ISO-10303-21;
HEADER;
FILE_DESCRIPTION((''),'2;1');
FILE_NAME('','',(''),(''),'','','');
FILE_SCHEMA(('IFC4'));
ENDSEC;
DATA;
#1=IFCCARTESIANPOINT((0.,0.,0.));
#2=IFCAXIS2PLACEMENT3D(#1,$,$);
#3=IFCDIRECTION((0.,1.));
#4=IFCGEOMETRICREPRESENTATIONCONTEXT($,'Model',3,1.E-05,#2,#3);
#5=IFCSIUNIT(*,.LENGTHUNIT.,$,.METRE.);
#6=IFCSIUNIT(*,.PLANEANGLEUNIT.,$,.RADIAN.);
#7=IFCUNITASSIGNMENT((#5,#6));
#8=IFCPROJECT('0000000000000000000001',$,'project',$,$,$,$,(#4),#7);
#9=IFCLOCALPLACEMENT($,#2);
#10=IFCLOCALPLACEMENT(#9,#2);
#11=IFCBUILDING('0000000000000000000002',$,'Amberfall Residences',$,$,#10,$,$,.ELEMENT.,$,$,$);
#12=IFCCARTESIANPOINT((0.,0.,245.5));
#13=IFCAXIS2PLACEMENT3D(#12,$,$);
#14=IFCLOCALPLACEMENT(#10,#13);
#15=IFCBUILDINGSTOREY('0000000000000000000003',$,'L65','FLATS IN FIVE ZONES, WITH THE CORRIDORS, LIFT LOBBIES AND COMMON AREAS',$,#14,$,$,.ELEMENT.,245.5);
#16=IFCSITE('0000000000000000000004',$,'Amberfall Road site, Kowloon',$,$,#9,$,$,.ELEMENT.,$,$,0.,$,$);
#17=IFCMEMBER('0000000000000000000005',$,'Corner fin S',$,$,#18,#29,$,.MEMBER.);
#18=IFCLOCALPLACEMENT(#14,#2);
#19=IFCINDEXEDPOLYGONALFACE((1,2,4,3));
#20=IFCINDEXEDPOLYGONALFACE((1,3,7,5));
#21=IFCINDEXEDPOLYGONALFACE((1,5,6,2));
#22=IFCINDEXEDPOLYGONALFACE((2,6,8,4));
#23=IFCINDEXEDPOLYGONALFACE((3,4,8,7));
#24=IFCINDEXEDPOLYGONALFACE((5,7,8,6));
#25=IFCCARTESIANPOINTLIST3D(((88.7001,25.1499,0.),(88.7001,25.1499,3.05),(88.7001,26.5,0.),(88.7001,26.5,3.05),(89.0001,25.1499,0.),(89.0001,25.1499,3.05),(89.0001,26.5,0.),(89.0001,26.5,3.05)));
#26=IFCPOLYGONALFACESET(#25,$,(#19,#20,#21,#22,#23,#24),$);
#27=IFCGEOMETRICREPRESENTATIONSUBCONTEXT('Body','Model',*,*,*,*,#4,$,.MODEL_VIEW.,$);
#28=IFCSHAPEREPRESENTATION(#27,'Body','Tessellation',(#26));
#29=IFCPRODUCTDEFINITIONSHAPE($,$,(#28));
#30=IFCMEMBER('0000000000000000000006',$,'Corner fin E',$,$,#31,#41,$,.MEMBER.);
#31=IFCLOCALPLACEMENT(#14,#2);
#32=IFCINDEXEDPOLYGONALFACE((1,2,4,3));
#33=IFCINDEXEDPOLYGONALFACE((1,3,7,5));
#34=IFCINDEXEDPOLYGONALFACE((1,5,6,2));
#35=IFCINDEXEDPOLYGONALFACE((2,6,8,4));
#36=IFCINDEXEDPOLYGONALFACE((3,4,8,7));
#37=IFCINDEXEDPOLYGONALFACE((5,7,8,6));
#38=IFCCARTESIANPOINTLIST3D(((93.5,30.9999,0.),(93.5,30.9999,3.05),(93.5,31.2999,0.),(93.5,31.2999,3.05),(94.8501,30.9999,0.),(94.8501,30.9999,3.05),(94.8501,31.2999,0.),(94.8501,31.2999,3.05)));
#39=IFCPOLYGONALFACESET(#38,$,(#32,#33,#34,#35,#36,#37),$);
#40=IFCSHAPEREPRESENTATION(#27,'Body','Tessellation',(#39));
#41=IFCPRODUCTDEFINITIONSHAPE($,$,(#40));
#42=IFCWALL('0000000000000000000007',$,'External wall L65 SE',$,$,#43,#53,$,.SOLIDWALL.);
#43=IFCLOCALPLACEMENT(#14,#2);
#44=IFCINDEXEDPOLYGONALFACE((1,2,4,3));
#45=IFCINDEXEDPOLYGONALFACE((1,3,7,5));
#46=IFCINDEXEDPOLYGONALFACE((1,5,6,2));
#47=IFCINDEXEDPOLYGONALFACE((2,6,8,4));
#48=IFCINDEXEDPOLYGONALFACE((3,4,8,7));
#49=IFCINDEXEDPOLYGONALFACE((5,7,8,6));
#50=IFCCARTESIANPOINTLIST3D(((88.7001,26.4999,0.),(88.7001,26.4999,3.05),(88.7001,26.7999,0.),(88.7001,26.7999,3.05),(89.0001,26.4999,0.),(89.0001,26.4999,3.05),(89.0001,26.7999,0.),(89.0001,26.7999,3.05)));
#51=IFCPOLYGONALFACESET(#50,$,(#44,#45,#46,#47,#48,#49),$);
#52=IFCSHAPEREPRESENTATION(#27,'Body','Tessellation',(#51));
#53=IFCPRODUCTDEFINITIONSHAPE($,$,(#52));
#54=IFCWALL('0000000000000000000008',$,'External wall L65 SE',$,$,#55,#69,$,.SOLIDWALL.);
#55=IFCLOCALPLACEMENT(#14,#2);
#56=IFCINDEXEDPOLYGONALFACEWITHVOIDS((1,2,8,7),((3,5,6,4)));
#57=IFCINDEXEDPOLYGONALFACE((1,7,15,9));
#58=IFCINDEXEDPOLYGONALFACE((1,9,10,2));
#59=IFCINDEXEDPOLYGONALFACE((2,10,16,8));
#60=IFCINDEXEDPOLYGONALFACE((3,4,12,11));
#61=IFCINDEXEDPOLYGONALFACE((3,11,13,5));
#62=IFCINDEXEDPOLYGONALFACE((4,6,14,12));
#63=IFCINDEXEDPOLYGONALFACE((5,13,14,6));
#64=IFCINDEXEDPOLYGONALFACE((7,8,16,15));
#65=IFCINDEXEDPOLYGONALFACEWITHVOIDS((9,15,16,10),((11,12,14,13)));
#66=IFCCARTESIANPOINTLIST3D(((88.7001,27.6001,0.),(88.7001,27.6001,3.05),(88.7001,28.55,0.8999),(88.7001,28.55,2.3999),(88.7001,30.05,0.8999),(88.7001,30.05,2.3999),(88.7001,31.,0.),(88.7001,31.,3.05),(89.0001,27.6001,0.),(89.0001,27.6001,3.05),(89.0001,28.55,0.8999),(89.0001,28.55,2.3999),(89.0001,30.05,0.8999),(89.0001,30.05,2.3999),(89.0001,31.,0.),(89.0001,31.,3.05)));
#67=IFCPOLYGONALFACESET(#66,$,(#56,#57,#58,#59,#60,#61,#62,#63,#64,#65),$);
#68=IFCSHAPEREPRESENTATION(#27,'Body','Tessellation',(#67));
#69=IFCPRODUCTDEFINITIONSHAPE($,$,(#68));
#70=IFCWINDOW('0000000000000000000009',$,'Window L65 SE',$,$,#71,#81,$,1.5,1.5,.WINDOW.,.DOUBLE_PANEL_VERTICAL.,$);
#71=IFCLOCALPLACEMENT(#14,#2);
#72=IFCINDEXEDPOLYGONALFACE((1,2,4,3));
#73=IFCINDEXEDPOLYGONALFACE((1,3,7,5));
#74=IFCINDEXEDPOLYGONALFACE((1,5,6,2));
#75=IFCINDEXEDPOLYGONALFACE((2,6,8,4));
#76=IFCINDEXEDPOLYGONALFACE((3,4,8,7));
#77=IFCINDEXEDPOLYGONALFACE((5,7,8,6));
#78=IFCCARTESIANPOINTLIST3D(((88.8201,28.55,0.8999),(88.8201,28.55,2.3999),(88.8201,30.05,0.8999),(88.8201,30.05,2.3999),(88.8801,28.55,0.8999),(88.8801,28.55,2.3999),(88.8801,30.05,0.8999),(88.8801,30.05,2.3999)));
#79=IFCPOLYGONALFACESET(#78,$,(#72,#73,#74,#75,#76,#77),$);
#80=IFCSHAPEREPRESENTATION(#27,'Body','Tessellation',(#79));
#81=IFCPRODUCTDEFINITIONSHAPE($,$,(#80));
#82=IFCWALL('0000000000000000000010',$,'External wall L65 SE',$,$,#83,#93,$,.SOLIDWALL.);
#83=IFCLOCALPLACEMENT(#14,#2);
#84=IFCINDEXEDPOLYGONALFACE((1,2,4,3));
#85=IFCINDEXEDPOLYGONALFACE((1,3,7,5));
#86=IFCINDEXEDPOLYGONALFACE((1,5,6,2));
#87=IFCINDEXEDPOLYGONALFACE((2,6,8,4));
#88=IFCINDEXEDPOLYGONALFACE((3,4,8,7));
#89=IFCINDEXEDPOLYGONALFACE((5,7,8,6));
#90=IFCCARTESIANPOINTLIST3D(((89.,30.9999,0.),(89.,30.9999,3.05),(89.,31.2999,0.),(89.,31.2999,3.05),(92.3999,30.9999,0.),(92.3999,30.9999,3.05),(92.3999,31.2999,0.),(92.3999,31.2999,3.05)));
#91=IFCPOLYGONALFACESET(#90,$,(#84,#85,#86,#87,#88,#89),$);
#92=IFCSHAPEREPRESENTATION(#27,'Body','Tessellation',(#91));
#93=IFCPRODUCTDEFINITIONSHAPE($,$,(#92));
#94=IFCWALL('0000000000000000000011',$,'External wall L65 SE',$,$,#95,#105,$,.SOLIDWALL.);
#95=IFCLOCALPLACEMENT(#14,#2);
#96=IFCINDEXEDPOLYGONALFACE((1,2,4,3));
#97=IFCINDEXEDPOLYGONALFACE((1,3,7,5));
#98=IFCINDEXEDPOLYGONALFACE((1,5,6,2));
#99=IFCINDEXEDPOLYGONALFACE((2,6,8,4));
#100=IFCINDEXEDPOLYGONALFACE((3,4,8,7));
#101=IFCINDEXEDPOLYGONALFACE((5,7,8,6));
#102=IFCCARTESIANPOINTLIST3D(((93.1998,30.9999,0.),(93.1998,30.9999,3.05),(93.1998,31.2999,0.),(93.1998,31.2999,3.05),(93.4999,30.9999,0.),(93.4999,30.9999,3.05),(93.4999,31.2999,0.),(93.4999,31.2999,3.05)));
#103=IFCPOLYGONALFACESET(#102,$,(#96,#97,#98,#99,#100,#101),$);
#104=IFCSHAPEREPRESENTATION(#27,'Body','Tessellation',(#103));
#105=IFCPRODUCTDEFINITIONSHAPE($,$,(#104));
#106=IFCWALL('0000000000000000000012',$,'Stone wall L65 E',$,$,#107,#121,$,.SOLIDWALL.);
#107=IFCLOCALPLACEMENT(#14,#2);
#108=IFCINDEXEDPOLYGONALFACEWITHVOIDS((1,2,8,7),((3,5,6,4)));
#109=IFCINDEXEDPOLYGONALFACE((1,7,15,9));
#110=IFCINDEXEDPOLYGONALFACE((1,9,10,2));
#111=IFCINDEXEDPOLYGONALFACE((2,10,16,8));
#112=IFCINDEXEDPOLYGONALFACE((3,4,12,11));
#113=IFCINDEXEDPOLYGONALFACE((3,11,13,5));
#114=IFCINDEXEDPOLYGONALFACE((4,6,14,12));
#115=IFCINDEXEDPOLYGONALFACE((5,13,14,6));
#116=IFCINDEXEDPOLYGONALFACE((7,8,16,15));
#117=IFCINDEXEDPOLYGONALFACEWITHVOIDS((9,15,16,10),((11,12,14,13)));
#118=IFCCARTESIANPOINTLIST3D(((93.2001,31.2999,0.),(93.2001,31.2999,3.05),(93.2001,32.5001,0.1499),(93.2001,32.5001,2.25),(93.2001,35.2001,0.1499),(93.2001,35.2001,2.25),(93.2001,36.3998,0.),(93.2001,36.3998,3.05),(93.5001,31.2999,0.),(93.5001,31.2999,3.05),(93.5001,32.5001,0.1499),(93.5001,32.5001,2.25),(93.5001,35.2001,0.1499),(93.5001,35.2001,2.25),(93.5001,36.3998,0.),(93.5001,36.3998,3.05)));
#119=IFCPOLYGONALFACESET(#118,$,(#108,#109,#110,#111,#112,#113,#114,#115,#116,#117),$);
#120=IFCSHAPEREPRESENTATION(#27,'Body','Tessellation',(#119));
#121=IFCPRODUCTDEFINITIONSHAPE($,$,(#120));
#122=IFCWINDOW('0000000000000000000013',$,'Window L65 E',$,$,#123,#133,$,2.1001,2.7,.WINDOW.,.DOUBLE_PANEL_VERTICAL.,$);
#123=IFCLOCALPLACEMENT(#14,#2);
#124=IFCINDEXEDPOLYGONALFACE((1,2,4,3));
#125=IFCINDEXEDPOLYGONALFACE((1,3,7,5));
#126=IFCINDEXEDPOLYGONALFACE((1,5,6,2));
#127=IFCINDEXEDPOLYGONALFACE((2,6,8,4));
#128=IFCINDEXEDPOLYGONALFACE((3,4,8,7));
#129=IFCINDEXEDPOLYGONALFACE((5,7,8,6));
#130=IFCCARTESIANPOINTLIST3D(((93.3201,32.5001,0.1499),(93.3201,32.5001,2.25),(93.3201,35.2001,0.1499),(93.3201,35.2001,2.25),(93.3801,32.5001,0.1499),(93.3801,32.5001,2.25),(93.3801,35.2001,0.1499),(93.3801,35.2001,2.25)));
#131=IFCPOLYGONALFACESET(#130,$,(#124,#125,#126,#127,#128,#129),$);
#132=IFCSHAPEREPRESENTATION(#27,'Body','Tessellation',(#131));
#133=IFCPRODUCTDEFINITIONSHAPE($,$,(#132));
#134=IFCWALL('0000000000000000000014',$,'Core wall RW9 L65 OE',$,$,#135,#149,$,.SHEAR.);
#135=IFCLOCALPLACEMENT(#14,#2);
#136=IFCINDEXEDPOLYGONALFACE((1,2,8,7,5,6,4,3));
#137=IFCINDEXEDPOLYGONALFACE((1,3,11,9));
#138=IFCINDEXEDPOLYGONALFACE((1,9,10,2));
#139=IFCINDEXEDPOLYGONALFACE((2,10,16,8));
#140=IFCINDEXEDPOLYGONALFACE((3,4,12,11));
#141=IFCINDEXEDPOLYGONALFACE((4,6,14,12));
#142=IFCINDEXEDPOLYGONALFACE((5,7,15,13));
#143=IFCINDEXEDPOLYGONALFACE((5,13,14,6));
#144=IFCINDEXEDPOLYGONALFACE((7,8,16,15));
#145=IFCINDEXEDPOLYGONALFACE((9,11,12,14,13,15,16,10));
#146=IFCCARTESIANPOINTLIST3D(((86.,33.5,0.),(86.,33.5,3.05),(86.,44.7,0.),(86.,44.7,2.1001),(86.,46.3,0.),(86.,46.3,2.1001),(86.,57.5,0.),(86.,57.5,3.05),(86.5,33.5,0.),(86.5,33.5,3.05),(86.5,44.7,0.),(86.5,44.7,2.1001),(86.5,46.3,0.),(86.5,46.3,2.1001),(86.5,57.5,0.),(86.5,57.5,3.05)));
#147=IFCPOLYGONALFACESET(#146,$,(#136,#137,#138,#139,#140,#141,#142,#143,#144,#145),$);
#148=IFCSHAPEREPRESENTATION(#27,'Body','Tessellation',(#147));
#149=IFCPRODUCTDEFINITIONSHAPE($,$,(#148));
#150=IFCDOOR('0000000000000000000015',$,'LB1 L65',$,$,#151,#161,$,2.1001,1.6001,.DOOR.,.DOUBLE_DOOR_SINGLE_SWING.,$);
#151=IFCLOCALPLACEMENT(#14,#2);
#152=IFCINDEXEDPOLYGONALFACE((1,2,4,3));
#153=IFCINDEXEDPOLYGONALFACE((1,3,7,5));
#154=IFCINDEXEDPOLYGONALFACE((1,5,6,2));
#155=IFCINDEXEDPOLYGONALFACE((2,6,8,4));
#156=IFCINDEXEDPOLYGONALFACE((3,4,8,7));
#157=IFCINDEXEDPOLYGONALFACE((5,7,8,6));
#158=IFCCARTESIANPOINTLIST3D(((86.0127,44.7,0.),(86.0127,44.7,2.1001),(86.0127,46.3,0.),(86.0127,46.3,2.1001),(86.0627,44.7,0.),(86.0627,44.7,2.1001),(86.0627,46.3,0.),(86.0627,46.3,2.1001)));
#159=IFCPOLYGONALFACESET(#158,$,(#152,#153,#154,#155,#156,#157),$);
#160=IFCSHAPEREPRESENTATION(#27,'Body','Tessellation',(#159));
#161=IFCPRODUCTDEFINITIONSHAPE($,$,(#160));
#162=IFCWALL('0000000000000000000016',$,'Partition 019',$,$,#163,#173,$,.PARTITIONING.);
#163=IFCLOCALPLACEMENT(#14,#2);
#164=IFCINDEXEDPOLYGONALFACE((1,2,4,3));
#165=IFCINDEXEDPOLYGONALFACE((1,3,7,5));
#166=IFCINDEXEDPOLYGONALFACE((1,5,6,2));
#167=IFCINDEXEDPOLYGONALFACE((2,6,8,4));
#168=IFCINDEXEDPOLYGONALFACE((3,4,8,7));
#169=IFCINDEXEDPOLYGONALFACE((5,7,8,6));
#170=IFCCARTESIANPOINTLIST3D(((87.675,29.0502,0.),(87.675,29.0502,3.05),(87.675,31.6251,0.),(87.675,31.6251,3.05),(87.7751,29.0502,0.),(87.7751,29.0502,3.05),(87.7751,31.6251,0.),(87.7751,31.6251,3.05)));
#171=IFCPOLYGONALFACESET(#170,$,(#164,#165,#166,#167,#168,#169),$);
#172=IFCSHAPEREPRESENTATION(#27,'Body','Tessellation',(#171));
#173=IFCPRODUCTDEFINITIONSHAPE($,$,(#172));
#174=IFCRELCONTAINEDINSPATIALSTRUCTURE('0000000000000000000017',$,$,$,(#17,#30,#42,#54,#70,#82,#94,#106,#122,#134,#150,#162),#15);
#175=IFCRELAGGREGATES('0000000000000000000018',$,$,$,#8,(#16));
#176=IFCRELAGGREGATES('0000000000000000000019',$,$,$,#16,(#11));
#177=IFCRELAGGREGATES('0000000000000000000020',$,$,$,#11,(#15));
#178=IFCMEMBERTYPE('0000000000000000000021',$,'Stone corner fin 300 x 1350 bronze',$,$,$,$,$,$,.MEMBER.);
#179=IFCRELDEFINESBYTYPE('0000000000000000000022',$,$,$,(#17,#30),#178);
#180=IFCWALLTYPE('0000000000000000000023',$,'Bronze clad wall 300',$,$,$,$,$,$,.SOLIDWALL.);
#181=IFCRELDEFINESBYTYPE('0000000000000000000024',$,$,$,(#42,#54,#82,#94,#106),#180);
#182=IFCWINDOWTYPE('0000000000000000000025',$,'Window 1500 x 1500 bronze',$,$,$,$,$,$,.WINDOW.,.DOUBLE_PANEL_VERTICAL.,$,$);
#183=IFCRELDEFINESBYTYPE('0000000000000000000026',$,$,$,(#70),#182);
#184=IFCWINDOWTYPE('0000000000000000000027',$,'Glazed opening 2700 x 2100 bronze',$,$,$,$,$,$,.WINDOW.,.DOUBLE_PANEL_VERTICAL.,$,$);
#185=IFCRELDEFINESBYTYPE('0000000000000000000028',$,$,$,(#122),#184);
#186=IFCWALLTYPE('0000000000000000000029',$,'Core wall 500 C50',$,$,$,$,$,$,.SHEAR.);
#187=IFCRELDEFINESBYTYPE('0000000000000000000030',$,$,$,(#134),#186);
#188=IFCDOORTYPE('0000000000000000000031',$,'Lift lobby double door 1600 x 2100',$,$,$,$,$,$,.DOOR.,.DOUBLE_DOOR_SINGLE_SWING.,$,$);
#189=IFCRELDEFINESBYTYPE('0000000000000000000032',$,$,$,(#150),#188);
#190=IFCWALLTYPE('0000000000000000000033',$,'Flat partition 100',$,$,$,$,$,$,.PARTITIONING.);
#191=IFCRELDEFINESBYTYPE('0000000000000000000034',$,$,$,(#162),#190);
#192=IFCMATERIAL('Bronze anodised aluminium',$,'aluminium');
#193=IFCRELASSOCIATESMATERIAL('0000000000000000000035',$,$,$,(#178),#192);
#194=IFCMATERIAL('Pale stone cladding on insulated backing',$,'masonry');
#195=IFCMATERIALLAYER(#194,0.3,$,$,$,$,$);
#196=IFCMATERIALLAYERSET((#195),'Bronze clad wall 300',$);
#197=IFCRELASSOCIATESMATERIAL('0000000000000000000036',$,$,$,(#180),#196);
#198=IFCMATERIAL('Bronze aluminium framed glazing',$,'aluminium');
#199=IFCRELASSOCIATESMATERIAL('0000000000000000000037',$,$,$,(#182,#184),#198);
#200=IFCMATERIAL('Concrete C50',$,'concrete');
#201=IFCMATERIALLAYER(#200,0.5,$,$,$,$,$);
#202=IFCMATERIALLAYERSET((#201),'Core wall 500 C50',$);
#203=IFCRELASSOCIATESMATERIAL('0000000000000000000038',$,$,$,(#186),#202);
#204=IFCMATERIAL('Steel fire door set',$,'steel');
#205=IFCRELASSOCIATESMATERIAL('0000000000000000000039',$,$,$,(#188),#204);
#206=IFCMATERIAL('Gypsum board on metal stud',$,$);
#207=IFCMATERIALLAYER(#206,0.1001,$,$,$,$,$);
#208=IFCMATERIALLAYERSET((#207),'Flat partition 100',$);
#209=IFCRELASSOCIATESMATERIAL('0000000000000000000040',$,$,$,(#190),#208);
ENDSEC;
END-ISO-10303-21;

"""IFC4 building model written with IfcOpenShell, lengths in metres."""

from ifc_helpers import new_model, si_unit, direction, frame, frame_2d, origin, origin_2d, place, context, subcontext, project, spatial, rectangle, extrude, material, layer, layer_set, material_profile, profile_set, type_object, element, fill, save


model = new_model("IFC4")

# Units and contexts
model_context = context("Model", 3, precision=1e-05, world=origin(), true_north=direction((0.0, 1.0)))
body_context = subcontext(model_context, "Body", "Model", "MODEL_VIEW")
ifc_project = project(units=[si_unit("LENGTHUNIT", "METRE"), si_unit("PLANEANGLEUNIT", "RADIAN")], contexts=[model_context])

# Site, building, storey
site_placement = place(None, origin())
site = spatial("IfcSite", under=ifc_project, at=site_placement, Name="Amberfall Road site, Kowloon", CompositionType="ELEMENT", RefElevation=0.0)
building_placement = place(site_placement, origin())
building = spatial("IfcBuilding", under=site, at=building_placement, Name="Amberfall Residences", CompositionType="ELEMENT")
storey_placement = place(building_placement, frame((0.0, 0.0, 245.5)))
storey = spatial("IfcBuildingStorey", under=building, at=storey_placement, Name="L65", Description="FLATS IN FIVE ZONES, WITH THE CORRIDORS, LIFT LOBBIES AND COMMON AREAS", CompositionType="ELEMENT", Elevation=245.5)

# Shared definitions
ifc_material_1 = material(Name="Concrete C50", Category="concrete")

# Members
ifc_material_2 = material(Name="Bronze anodised aluminium", Category="aluminium")
ifc_material_profile_1 = material_profile(ifc_material_2, rectangle(XDim=1.3501, YDim=0.3, at=origin_2d()), Name="Stone corner fin 300 x 1350 bronze")
ifc_profile_set_1 = profile_set([ifc_material_profile_1], Name="Bronze anodised aluminium")
member_type = type_object("IfcMemberType", Name="Stone corner fin 300 x 1350 bronze", PredefinedType="MEMBER", material=ifc_profile_set_1)
for number, where, z_axis, x_axis, name in (
    (1, (88.8501, 25.825, 0.0), (0.0, 0.0, 1.0), (0.0, 1.0, 0.0), "Corner fin S"),
    (2, (94.175, 31.1499, 0.0), (0.0, 0.0, 1.0), (-1.0, 0.0, 0.0), "Corner fin E"),
):
    element("IfcMember", number, at=place(storey_placement, frame(where, z_axis=z_axis, x_axis=x_axis)), inside=storey, type_object=member_type, Name=name, PredefinedType="MEMBER", context=body_context, shape_type="SweptSolid", body=[
        extrude(rectangle(XDim=1.3501, YDim=0.3, at=origin_2d()), origin(), (0.0, 0.0, 1.0), 3.05),
    ])

# Wall
ifc_material_3 = material(Name="Pale stone cladding on insulated backing", Category="masonry")
ifc_layer_1 = layer(ifc_material_3, 0.3)
ifc_layer_set_1 = layer_set([ifc_layer_1], Name="Bronze clad wall 300")
wall_type_1 = type_object("IfcWallType", Name="Bronze clad wall 300", PredefinedType="SOLIDWALL", material=ifc_layer_set_1)
wall_1_placement = place(storey_placement, frame((88.8501, 26.5, 0.0), z_axis=(0.0, 0.0, 1.0), x_axis=(0.0, 1.0, 0.0)))
element("IfcWall", 3, at=wall_1_placement, inside=storey, type_object=wall_type_1, Name="External wall L65 SE", PredefinedType="SOLIDWALL", context=body_context, shape_type="SweptSolid", body=[
    extrude(rectangle(XDim=0.3, YDim=0.3, at=frame_2d((0.1499, 0.0))), origin(), (0.0, 0.0, 1.0), 3.05),
])

# Wall, opening, window
wall_2_placement = place(storey_placement, frame((88.8501, 27.6001, 0.0), z_axis=(0.0, 0.0, 1.0), x_axis=(0.0, 1.0, 0.0)))
wall_2 = element("IfcWall", 4, at=wall_2_placement, inside=storey, type_object=wall_type_1, Name="External wall L65 SE", PredefinedType="SOLIDWALL", context=body_context, shape_type="SweptSolid", body=[
    extrude(rectangle(XDim=3.3999, YDim=0.3, at=frame_2d((1.7, 0.0))), origin(), (0.0, 0.0, 1.0), 3.05),
])
opening_1_placement = place(wall_2_placement, frame((0.95, 0.0, 0.8999)))
opening_1 = element("IfcOpeningElement", 5, at=opening_1_placement, cuts=wall_2, PredefinedType="OPENING", context=body_context, shape_type="SweptSolid", body=[
    extrude(rectangle(XDim=1.5, YDim=1.5, at=frame_2d((0.75, 0.75))), frame((0.0, 0.1599, 0.0), z_axis=(0.0, -1.0, 0.0), x_axis=(1.0, 0.0, 0.0)), (0.0, 0.0, 1.0), 0.3201),
])
ifc_material_4 = material(Name="Bronze aluminium framed glazing", Category="aluminium")
window_type_1 = type_object("IfcWindowType", Name="Window 1500 x 1500 bronze", PartitioningType="DOUBLE_PANEL_VERTICAL", PredefinedType="WINDOW", material=ifc_material_4)
window_1_placement = place(opening_1_placement, origin())
window_1 = element("IfcWindow", 6, at=window_1_placement, inside=storey, type_object=window_type_1, Name="Window L65 SE", OverallHeight=1.5, OverallWidth=1.5, PartitioningType="DOUBLE_PANEL_VERTICAL", PredefinedType="WINDOW", context=body_context, shape_type="SweptSolid", body=[
    extrude(rectangle(XDim=1.5, YDim=1.5, at=frame_2d((0.75, 0.75))), frame((0.0, 0.03, 0.0), z_axis=(0.0, -1.0, 0.0), x_axis=(1.0, 0.0, 0.0)), (0.0, 0.0, 1.0), 0.0601),
])
fill(opening_1, window_1)

# Walls
wall_3_placement = place(storey_placement, frame((89.0, 31.1499, 0.0), z_axis=(0.0, 0.0, 1.0), x_axis=(1.0, 0.0, 0.0)))
element("IfcWall", 7, at=wall_3_placement, inside=storey, type_object=wall_type_1, Name="External wall L65 SE", PredefinedType="SOLIDWALL", context=body_context, shape_type="SweptSolid", body=[
    extrude(rectangle(XDim=3.3999, YDim=0.3, at=frame_2d((1.7, 0.0))), origin(), (0.0, 0.0, 1.0), 3.05),
])
wall_4_placement = place(storey_placement, frame((93.2, 31.1499, 0.0), z_axis=(0.0, 0.0, 1.0), x_axis=(1.0, 0.0, 0.0)))
element("IfcWall", 8, at=wall_4_placement, inside=storey, type_object=wall_type_1, Name="External wall L65 SE", PredefinedType="SOLIDWALL", context=body_context, shape_type="SweptSolid", body=[
    extrude(rectangle(XDim=0.3, YDim=0.3, at=frame_2d((0.1499, 0.0))), origin(), (0.0, 0.0, 1.0), 3.05),
])

# Wall, opening, window
wall_5_placement = place(storey_placement, frame((93.3501, 31.3, 0.0), z_axis=(0.0, 0.0, 1.0), x_axis=(0.0, 1.0, 0.0)))
wall_5 = element("IfcWall", 9, at=wall_5_placement, inside=storey, type_object=wall_type_1, Name="Stone wall L65 E", PredefinedType="SOLIDWALL", context=body_context, shape_type="SweptSolid", body=[
    extrude(rectangle(XDim=5.0999, YDim=0.3, at=frame_2d((2.5498, 0.0))), origin(), (0.0, 0.0, 1.0), 3.05),
])
opening_2_placement = place(wall_5_placement, frame((1.2, 0.0, 0.1499)))
opening_2 = element("IfcOpeningElement", 10, at=opening_2_placement, cuts=wall_5, PredefinedType="OPENING", context=body_context, shape_type="SweptSolid", body=[
    extrude(rectangle(XDim=2.7, YDim=2.1001, at=frame_2d((1.3501, 1.05))), frame((0.0, 0.1599, 0.0), z_axis=(0.0, -1.0, 0.0), x_axis=(1.0, 0.0, 0.0)), (0.0, 0.0, 1.0), 0.3201),
])
window_type_2 = type_object("IfcWindowType", Name="Glazed opening 2700 x 2100 bronze", PartitioningType="DOUBLE_PANEL_VERTICAL", PredefinedType="WINDOW", material=ifc_material_4)
window_2_placement = place(opening_2_placement, origin())
window_2 = element("IfcWindow", 11, at=window_2_placement, inside=storey, type_object=window_type_2, Name="Window L65 E", OverallHeight=2.1001, OverallWidth=2.7, PartitioningType="DOUBLE_PANEL_VERTICAL", PredefinedType="WINDOW", context=body_context, shape_type="SweptSolid", body=[
    extrude(rectangle(XDim=2.7, YDim=2.1001, at=frame_2d((1.3501, 1.05))), frame((0.0, 0.03, 0.0), z_axis=(0.0, -1.0, 0.0), x_axis=(1.0, 0.0, 0.0)), (0.0, 0.0, 1.0), 0.0601),
])
fill(opening_2, window_2)

# Wall, opening, door
ifc_layer_2 = layer(ifc_material_1, 0.5)
ifc_layer_set_2 = layer_set([ifc_layer_2], Name="Core wall 500 C50")
wall_type_2 = type_object("IfcWallType", Name="Core wall 500 C50", PredefinedType="SHEAR", material=ifc_layer_set_2)
wall_6_placement = place(storey_placement, frame((86.25, 33.5, 0.0), z_axis=(0.0, 0.0, 1.0), x_axis=(0.0, 1.0, 0.0)))
wall_6 = element("IfcWall", 12, at=wall_6_placement, inside=storey, type_object=wall_type_2, Name="Core wall RW9 L65 OE", PredefinedType="SHEAR", context=body_context, shape_type="SweptSolid", body=[
    extrude(rectangle(XDim=24.0, YDim=0.5, at=frame_2d((12.0, 0.0))), origin(), (0.0, 0.0, 1.0), 3.05),
])
opening_3_placement = place(wall_6_placement, frame((11.2, 0.0, 0.0)))
opening_3 = element("IfcOpeningElement", 13, at=opening_3_placement, cuts=wall_6, PredefinedType="OPENING", context=body_context, shape_type="SweptSolid", body=[
    extrude(rectangle(XDim=1.6001, YDim=2.1001, at=frame_2d((0.8, 1.05))), frame((0.0, 0.26, 0.0), z_axis=(0.0, -1.0, 0.0), x_axis=(1.0, 0.0, 0.0)), (0.0, 0.0, 1.0), 0.52),
])
ifc_material_5 = material(Name="Steel fire door set", Category="steel")
door_type_1 = type_object("IfcDoorType", Name="Lift lobby double door 1600 x 2100", OperationType="DOUBLE_DOOR_SINGLE_SWING", PredefinedType="DOOR", material=ifc_material_5)
door_1_placement = place(opening_3_placement, origin())
door_1 = element("IfcDoor", 14, at=door_1_placement, inside=storey, type_object=door_type_1, Name="LB1 L65", OperationType="DOUBLE_DOOR_SINGLE_SWING", OverallHeight=2.1001, OverallWidth=1.6001, PredefinedType="DOOR", context=body_context, shape_type="SweptSolid", body=[
    extrude(rectangle(XDim=1.6001, YDim=2.1001, at=frame_2d((0.8, 1.05))), frame((0.0, 0.2373, 0.0), z_axis=(0.0, -1.0, 0.0), x_axis=(1.0, 0.0, 0.0)), (0.0, 0.0, 1.0), 0.05),
])
fill(opening_3, door_1)

# Wall
ifc_material_6 = material(Name="Gypsum board on metal stud")
ifc_layer_3 = layer(ifc_material_6, 0.1001)
ifc_layer_set_3 = layer_set([ifc_layer_3], Name="Flat partition 100")
wall_type_3 = type_object("IfcWallType", Name="Flat partition 100", PredefinedType="PARTITIONING", material=ifc_layer_set_3)
wall_7_placement = place(storey_placement, frame((87.7251, 29.05, 0.0), z_axis=(0.0, 0.0, 1.0), x_axis=(0.0, 1.0, 0.0)))
element("IfcWall", 15, at=wall_7_placement, inside=storey, type_object=wall_type_3, Name="Partition 019", PredefinedType="PARTITIONING", context=body_context, shape_type="SweptSolid", body=[
    extrude(rectangle(XDim=2.575, YDim=0.1001, at=frame_2d((1.2876, 0.0))), origin(), (0.0, 0.0, 1.0), 3.05),
])

save(model, "model.ifc")
